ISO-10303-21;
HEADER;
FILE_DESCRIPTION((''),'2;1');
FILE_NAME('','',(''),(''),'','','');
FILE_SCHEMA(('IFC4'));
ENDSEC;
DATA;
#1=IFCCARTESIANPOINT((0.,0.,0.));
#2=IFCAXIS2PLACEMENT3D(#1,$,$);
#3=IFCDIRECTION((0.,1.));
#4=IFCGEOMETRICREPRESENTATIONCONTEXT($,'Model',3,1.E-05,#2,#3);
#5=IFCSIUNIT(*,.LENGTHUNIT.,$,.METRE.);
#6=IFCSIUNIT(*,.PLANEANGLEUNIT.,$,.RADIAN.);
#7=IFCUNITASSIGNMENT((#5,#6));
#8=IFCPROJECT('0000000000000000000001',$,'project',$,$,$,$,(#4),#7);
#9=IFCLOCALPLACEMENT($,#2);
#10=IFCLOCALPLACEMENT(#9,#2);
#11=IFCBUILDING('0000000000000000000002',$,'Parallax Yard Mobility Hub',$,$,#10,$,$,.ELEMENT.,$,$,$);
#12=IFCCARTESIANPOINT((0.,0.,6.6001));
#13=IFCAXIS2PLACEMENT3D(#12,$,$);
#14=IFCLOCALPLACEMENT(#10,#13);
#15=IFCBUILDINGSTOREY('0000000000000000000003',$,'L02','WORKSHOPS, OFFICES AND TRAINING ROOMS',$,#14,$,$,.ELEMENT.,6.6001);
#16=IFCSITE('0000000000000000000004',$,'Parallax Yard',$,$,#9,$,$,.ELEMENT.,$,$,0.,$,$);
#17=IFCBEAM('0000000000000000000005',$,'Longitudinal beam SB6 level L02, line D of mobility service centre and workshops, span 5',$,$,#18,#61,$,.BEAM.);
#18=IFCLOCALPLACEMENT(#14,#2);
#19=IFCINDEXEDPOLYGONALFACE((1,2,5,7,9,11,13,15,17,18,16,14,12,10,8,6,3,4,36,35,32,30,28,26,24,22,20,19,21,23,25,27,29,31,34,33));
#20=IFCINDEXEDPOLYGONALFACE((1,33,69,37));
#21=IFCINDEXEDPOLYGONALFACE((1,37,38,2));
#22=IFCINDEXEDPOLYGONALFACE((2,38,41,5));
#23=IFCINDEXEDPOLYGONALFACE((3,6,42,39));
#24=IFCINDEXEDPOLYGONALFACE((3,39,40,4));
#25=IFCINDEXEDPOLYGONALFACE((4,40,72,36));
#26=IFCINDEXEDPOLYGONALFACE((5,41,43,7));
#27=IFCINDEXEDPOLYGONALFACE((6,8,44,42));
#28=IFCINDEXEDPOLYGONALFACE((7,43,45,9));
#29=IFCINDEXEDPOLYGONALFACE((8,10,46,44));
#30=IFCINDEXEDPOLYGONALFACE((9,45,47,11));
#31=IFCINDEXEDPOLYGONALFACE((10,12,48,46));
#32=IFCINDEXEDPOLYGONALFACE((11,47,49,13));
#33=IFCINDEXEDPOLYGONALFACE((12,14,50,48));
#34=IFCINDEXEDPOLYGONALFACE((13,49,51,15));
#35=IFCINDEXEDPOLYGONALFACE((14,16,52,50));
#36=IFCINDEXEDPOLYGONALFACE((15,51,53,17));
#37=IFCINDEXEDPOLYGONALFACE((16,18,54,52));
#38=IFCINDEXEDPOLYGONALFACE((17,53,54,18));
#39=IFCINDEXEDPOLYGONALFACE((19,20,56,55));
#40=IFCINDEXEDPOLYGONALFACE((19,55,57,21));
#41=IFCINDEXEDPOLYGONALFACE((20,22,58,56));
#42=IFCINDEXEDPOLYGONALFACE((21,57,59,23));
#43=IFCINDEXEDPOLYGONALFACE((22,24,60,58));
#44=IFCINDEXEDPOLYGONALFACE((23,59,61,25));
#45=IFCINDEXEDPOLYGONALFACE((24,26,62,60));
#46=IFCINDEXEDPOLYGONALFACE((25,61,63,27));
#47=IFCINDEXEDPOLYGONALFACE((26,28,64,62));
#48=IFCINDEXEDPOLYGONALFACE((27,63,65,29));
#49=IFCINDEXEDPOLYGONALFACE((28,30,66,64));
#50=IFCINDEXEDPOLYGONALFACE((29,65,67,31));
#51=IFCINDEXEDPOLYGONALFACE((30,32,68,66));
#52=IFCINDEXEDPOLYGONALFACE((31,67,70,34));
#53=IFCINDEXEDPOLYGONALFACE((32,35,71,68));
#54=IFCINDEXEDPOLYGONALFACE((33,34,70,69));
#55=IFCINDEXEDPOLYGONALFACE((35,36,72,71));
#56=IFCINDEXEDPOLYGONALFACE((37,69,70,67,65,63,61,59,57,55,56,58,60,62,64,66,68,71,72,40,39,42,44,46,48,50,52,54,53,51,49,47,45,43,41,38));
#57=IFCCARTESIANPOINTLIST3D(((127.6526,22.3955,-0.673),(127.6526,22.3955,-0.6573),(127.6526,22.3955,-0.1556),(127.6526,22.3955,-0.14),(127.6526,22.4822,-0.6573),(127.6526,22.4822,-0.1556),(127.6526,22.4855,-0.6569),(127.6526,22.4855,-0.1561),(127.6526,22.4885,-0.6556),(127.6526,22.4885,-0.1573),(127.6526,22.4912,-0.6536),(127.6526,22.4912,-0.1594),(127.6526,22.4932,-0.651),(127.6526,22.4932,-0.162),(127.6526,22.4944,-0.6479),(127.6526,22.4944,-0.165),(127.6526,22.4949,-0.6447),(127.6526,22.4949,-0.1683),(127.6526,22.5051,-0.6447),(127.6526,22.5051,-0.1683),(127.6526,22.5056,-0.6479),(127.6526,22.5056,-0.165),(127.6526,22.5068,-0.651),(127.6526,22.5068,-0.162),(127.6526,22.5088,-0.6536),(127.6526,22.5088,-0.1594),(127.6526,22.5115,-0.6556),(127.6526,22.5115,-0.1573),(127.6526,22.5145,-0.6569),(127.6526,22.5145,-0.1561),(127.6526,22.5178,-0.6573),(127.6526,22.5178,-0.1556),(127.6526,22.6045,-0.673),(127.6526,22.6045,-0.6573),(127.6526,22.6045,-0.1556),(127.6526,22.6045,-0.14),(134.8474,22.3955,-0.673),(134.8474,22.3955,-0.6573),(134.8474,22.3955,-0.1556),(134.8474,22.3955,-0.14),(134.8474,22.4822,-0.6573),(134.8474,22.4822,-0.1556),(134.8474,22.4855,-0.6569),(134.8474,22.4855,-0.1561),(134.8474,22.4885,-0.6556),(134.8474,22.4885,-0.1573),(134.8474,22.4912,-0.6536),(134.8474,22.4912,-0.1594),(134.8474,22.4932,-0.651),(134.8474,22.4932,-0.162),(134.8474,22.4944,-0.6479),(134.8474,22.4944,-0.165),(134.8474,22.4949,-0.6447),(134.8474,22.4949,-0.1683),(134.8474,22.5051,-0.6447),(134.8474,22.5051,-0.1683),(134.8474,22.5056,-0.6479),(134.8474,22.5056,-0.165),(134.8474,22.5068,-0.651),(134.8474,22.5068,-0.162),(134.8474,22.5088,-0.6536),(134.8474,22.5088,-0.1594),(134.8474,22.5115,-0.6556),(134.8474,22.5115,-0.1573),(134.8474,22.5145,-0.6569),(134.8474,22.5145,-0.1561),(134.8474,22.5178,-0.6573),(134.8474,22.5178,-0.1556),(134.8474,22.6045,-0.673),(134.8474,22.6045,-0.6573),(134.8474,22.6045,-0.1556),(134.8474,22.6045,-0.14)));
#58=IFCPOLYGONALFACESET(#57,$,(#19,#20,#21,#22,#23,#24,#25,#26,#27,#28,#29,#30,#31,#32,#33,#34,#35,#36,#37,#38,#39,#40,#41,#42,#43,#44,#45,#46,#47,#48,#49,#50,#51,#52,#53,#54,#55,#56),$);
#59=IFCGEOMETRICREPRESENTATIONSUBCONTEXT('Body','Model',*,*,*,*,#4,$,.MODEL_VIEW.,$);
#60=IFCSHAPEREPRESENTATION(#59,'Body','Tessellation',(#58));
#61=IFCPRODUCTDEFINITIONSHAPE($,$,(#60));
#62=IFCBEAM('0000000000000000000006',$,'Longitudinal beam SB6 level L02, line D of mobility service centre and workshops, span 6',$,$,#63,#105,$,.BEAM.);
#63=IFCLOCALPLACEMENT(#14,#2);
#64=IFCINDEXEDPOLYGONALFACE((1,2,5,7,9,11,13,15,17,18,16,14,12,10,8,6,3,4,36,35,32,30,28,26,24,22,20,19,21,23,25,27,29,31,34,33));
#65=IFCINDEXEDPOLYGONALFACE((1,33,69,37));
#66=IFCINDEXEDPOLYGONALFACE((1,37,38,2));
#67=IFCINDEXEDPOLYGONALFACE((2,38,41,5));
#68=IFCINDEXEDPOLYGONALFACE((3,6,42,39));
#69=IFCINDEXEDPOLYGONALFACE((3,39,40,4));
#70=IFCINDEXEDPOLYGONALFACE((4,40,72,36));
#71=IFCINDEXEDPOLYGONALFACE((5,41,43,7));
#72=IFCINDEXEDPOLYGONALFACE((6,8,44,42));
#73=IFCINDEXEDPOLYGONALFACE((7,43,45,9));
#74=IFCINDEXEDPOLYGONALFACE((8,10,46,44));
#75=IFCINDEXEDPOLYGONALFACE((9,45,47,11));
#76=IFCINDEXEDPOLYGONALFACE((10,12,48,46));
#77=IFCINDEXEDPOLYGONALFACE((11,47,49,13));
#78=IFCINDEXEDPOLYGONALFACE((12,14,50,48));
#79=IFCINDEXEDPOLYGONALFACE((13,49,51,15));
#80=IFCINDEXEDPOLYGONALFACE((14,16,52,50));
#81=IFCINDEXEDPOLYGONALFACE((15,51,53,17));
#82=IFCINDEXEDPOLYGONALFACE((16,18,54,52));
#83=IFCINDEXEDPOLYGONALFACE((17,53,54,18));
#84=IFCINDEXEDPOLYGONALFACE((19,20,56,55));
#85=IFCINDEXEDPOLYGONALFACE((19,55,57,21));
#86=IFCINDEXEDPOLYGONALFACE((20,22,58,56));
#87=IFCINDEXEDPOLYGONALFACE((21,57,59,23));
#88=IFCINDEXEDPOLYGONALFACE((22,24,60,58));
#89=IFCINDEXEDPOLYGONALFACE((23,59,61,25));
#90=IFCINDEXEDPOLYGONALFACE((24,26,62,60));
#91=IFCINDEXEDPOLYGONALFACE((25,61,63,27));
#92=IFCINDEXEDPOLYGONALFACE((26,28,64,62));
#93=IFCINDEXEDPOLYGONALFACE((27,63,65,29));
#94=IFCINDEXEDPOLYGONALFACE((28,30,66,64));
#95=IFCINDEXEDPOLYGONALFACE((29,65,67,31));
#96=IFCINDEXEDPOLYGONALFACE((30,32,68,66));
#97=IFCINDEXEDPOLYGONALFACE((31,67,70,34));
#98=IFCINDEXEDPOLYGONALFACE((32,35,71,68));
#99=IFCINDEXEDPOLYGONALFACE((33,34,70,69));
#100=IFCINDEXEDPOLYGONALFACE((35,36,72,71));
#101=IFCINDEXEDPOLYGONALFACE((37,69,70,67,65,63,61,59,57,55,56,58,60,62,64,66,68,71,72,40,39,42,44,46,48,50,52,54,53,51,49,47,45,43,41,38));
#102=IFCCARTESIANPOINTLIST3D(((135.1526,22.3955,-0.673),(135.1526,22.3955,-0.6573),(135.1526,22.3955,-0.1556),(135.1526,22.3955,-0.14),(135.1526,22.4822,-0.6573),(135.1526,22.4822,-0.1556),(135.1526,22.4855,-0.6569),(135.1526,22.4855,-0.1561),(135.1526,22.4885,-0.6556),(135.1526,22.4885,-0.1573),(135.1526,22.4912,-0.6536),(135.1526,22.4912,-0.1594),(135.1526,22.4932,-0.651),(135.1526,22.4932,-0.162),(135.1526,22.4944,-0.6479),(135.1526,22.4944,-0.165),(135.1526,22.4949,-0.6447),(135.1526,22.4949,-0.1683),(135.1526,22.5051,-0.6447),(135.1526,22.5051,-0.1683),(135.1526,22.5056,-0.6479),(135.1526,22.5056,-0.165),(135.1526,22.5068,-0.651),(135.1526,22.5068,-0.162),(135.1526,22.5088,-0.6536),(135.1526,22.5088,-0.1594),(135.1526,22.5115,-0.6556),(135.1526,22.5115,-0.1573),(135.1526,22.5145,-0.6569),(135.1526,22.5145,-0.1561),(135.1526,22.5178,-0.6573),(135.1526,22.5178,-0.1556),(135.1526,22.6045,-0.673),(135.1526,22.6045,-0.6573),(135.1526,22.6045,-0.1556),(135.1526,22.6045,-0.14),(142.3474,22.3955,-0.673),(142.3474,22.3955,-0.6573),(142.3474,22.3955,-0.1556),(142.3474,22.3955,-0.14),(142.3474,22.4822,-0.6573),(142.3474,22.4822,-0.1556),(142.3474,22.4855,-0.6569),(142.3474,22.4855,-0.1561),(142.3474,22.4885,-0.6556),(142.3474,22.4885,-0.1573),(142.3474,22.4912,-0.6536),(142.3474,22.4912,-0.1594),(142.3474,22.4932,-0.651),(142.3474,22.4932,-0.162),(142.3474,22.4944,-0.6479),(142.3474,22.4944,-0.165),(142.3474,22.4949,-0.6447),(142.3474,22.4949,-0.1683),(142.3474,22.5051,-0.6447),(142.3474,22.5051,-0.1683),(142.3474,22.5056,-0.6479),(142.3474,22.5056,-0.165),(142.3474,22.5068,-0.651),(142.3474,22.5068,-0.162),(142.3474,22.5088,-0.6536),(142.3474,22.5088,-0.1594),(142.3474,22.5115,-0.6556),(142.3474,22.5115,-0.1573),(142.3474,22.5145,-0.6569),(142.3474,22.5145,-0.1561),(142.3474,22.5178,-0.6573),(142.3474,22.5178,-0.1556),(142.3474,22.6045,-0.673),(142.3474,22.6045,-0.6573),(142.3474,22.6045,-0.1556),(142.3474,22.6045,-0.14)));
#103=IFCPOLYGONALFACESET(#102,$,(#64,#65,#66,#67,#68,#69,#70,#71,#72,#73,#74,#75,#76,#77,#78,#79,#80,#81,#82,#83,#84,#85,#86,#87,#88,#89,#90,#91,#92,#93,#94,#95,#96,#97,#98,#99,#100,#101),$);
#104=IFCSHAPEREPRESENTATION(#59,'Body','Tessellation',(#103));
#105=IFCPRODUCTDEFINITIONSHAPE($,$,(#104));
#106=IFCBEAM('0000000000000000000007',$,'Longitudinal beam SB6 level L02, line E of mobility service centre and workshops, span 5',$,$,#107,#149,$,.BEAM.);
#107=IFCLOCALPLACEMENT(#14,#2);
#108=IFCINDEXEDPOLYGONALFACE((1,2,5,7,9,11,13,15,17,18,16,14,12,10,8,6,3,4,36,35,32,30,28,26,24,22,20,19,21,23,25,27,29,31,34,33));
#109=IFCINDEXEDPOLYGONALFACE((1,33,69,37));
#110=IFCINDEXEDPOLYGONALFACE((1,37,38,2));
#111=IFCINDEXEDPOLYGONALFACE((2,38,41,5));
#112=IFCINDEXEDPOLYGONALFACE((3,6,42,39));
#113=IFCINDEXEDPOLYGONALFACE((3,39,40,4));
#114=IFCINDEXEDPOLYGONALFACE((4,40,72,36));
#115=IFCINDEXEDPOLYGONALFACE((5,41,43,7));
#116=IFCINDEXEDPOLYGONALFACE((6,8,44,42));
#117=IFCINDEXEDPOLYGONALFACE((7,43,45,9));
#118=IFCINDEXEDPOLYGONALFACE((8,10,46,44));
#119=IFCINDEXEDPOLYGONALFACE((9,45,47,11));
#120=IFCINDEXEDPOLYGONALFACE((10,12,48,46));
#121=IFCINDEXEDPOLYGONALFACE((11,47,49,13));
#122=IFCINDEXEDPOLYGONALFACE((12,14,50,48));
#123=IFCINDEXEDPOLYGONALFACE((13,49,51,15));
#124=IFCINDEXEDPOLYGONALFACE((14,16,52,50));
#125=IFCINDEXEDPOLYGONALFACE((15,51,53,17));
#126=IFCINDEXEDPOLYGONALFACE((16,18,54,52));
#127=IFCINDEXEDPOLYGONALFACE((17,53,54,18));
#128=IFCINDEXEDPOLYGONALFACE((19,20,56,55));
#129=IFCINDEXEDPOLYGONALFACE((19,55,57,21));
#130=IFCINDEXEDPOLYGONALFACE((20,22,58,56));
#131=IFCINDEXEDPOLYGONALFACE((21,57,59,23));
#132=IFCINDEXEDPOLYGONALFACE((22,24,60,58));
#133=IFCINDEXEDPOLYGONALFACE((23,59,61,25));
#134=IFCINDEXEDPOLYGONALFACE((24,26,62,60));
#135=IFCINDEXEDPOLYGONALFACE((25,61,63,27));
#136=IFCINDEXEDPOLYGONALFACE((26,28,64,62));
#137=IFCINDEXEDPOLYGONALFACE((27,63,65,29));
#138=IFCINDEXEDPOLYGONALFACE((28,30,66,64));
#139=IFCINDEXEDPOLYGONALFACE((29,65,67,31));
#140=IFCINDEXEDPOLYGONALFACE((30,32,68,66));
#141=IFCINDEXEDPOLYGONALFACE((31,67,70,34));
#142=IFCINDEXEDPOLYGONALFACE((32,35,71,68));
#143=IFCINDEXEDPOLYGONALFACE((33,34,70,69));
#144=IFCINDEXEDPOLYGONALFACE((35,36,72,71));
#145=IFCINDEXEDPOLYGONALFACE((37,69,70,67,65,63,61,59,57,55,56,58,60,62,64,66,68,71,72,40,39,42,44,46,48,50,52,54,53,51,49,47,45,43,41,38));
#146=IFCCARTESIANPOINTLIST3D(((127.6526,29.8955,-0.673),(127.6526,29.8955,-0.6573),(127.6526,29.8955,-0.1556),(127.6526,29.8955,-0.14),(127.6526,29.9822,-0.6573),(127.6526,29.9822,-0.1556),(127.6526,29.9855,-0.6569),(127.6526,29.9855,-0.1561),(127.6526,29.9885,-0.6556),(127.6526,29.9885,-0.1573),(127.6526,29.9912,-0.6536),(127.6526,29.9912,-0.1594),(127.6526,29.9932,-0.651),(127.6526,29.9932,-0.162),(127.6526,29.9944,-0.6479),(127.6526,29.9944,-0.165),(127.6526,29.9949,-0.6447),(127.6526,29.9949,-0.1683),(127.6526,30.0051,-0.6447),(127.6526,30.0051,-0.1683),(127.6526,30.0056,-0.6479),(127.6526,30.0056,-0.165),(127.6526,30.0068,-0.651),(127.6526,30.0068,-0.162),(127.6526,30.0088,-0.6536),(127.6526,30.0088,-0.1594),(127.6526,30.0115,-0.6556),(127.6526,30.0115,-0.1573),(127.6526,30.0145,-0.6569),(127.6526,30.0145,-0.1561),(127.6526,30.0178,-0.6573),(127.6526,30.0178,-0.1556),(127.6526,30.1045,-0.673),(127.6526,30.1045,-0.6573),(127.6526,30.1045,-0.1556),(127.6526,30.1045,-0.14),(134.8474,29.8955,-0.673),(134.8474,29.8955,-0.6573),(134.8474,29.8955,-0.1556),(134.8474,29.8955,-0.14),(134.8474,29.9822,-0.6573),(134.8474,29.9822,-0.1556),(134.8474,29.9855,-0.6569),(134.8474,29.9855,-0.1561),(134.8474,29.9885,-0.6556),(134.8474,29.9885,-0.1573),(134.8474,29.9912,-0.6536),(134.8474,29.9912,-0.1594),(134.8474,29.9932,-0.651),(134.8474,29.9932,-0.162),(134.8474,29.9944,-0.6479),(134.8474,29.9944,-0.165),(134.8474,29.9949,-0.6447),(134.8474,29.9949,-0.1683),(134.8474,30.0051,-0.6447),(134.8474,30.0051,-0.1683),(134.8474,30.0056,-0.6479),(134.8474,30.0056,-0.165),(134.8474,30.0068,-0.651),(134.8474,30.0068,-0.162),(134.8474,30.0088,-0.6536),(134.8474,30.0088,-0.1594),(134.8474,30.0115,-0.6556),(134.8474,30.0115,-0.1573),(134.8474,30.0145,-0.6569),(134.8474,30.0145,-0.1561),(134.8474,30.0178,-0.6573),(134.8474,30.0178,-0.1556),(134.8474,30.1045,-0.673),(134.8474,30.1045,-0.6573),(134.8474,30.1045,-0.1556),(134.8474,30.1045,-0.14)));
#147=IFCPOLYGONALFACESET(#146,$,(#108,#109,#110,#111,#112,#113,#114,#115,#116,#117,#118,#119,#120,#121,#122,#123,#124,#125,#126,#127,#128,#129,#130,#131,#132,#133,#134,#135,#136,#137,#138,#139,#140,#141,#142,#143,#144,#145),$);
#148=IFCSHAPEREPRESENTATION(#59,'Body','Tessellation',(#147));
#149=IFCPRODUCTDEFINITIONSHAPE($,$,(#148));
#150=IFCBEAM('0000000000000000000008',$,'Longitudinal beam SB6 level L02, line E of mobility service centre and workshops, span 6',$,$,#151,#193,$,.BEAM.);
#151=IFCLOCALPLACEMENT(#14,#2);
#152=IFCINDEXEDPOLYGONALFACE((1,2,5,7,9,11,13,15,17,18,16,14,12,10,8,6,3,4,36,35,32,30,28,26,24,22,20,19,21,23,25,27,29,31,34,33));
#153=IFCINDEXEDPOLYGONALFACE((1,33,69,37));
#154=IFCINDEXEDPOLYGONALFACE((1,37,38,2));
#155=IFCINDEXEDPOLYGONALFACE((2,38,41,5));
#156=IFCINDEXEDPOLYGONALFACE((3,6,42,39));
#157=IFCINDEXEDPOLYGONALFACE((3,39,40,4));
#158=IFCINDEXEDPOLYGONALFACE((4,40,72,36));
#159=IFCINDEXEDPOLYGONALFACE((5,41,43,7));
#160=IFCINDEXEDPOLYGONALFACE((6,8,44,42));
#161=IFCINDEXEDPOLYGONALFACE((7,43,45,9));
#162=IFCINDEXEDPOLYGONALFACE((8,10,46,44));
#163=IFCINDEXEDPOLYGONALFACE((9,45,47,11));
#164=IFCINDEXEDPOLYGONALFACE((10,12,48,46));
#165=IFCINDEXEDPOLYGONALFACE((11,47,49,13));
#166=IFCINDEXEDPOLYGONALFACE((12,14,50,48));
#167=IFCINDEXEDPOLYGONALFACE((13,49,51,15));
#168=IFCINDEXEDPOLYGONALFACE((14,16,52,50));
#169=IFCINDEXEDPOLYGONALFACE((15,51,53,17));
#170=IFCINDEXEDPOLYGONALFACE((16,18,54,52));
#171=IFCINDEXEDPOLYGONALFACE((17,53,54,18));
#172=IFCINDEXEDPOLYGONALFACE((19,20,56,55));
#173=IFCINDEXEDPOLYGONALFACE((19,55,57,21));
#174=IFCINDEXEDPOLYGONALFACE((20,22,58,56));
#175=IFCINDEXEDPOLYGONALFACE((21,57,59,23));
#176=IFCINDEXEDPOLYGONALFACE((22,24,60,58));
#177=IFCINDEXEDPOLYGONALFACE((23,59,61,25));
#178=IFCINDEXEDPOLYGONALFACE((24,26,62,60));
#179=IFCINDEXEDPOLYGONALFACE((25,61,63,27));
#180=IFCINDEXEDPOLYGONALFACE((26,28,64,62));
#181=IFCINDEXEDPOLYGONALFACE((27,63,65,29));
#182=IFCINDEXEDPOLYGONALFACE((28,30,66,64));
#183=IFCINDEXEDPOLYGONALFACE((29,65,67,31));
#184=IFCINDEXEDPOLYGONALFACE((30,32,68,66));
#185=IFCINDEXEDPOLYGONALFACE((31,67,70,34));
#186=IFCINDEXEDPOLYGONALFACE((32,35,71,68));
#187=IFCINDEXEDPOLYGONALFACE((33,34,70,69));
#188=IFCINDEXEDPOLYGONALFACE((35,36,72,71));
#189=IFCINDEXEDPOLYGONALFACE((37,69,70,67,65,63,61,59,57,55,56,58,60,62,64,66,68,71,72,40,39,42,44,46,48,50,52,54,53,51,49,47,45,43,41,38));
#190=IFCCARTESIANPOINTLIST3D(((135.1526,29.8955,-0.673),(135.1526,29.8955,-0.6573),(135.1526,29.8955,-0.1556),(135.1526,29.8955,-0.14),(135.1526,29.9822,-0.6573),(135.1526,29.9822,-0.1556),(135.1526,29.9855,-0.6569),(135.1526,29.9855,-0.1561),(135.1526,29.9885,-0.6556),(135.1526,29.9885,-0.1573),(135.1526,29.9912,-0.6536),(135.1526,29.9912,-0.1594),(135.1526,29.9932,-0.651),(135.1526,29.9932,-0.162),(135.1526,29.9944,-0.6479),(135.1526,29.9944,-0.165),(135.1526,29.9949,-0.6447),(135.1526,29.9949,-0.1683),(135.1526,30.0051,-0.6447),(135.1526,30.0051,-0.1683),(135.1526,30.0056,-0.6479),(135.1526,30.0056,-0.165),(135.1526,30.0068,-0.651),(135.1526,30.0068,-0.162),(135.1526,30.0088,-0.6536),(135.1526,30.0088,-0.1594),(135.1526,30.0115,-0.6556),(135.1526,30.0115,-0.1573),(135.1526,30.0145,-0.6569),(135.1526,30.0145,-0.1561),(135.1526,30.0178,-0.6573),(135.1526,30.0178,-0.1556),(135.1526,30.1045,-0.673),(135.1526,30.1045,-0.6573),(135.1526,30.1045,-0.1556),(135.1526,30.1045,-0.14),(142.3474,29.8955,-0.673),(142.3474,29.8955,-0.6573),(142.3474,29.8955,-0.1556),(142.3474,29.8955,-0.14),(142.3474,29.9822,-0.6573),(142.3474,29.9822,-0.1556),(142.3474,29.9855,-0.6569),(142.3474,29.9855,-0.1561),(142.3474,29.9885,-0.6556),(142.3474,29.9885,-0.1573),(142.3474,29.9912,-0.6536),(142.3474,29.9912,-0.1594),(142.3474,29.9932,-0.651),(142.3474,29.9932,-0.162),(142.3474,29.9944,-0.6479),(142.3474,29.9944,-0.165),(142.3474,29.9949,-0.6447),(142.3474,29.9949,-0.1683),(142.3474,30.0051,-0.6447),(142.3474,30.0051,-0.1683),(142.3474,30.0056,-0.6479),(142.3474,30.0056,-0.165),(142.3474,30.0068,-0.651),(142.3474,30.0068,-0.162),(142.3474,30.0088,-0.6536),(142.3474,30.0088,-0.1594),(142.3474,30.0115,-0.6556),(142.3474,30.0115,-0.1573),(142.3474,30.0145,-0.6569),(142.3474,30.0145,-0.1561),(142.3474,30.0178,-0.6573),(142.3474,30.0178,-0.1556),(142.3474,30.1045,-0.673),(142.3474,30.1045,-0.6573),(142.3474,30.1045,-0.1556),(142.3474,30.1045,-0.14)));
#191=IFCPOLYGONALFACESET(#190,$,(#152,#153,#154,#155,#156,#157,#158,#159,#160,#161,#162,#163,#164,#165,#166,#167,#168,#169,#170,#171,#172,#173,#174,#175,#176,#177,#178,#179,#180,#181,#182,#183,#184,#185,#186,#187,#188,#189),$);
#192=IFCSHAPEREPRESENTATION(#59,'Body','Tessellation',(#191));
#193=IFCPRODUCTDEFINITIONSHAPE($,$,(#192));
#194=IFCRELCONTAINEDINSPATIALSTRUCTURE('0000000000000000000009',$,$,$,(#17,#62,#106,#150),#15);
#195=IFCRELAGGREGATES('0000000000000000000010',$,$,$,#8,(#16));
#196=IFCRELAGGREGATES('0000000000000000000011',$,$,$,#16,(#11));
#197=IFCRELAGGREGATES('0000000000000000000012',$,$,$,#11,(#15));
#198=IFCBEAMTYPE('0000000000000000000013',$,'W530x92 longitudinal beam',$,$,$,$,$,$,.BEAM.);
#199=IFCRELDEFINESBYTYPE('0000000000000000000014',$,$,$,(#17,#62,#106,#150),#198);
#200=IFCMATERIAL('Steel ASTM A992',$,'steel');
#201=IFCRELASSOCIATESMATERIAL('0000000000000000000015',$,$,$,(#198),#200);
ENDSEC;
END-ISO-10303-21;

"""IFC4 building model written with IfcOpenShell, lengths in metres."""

from ifc_helpers import new_model, si_unit, direction, frame, origin, origin_2d, place, context, subcontext, project, spatial, i_section, extrude, material, material_profile, profile_set, type_object, element, save


model = new_model("IFC4")

# Units and contexts
model_context = context("Model", 3, precision=1e-05, world=origin(), true_north=direction((0.0, 1.0)))
body_context = subcontext(model_context, "Body", "Model", "MODEL_VIEW")
ifc_project = project(units=[si_unit("LENGTHUNIT", "METRE"), si_unit("PLANEANGLEUNIT", "RADIAN")], contexts=[model_context])

# Site, building, storey
site_placement = place(None, origin())
site = spatial("IfcSite", under=ifc_project, at=site_placement, Name="Parallax Yard", CompositionType="ELEMENT", RefElevation=0.0)
building_placement = place(site_placement, origin())
building = spatial("IfcBuilding", under=site, at=building_placement, Name="Parallax Yard Mobility Hub", CompositionType="ELEMENT")
storey_placement = place(building_placement, frame((0.0, 0.0, 6.6001)))
storey = spatial("IfcBuildingStorey", under=building, at=storey_placement, Name="L02", Description="WORKSHOPS, OFFICES AND TRAINING ROOMS", CompositionType="ELEMENT", Elevation=6.6001)

# Shared definitions
ifc_material_1 = material(Name="Steel ASTM A992", Category="steel")

# Beams
ifc_material_profile_1 = material_profile(ifc_material_1, i_section(OverallWidth=0.209, OverallDepth=0.533, WebThickness=0.0103, FlangeThickness=0.0156, FilletRadius=0.0127, at=origin_2d()), Name="W530x92")
ifc_profile_set_1 = profile_set([ifc_material_profile_1], Name="Steel ASTM A992")
beam_type_1 = type_object("IfcBeamType", Name="W530x92 longitudinal beam", PredefinedType="BEAM", material=ifc_profile_set_1)
for number, where, z_axis, x_axis, name in (
    (1, (127.6526, 22.5, -0.4065), (1.0, 0.0, 0.0), (0.0, 1.0, 0.0), "Longitudinal beam SB6 level L02, line D of mobility service centre and workshops, span 5"),
    (2, (135.1526, 22.5, -0.4065), (1.0, 0.0, 0.0), (0.0, 1.0, 0.0), "Longitudinal beam SB6 level L02, line D of mobility service centre and workshops, span 6"),
    (3, (127.6526, 30.0, -0.4065), (1.0, 0.0, 0.0), (0.0, 1.0, 0.0), "Longitudinal beam SB6 level L02, line E of mobility service centre and workshops, span 5"),
    (4, (135.1526, 30.0, -0.4065), (1.0, 0.0, 0.0), (0.0, 1.0, 0.0), "Longitudinal beam SB6 level L02, line E of mobility service centre and workshops, span 6"),
):
    element("IfcBeam", number, at=place(storey_placement, frame(where, z_axis=z_axis, x_axis=x_axis)), inside=storey, type_object=beam_type_1, Name=name, PredefinedType="BEAM", context=body_context, shape_type="SweptSolid", body=[
        extrude(i_section(OverallWidth=0.209, OverallDepth=0.533, WebThickness=0.0103, FlangeThickness=0.0156, FilletRadius=0.0127, at=origin_2d()), origin(), (0.0, 0.0, 1.0), 7.1948),
    ])

save(model, "model.ifc")
